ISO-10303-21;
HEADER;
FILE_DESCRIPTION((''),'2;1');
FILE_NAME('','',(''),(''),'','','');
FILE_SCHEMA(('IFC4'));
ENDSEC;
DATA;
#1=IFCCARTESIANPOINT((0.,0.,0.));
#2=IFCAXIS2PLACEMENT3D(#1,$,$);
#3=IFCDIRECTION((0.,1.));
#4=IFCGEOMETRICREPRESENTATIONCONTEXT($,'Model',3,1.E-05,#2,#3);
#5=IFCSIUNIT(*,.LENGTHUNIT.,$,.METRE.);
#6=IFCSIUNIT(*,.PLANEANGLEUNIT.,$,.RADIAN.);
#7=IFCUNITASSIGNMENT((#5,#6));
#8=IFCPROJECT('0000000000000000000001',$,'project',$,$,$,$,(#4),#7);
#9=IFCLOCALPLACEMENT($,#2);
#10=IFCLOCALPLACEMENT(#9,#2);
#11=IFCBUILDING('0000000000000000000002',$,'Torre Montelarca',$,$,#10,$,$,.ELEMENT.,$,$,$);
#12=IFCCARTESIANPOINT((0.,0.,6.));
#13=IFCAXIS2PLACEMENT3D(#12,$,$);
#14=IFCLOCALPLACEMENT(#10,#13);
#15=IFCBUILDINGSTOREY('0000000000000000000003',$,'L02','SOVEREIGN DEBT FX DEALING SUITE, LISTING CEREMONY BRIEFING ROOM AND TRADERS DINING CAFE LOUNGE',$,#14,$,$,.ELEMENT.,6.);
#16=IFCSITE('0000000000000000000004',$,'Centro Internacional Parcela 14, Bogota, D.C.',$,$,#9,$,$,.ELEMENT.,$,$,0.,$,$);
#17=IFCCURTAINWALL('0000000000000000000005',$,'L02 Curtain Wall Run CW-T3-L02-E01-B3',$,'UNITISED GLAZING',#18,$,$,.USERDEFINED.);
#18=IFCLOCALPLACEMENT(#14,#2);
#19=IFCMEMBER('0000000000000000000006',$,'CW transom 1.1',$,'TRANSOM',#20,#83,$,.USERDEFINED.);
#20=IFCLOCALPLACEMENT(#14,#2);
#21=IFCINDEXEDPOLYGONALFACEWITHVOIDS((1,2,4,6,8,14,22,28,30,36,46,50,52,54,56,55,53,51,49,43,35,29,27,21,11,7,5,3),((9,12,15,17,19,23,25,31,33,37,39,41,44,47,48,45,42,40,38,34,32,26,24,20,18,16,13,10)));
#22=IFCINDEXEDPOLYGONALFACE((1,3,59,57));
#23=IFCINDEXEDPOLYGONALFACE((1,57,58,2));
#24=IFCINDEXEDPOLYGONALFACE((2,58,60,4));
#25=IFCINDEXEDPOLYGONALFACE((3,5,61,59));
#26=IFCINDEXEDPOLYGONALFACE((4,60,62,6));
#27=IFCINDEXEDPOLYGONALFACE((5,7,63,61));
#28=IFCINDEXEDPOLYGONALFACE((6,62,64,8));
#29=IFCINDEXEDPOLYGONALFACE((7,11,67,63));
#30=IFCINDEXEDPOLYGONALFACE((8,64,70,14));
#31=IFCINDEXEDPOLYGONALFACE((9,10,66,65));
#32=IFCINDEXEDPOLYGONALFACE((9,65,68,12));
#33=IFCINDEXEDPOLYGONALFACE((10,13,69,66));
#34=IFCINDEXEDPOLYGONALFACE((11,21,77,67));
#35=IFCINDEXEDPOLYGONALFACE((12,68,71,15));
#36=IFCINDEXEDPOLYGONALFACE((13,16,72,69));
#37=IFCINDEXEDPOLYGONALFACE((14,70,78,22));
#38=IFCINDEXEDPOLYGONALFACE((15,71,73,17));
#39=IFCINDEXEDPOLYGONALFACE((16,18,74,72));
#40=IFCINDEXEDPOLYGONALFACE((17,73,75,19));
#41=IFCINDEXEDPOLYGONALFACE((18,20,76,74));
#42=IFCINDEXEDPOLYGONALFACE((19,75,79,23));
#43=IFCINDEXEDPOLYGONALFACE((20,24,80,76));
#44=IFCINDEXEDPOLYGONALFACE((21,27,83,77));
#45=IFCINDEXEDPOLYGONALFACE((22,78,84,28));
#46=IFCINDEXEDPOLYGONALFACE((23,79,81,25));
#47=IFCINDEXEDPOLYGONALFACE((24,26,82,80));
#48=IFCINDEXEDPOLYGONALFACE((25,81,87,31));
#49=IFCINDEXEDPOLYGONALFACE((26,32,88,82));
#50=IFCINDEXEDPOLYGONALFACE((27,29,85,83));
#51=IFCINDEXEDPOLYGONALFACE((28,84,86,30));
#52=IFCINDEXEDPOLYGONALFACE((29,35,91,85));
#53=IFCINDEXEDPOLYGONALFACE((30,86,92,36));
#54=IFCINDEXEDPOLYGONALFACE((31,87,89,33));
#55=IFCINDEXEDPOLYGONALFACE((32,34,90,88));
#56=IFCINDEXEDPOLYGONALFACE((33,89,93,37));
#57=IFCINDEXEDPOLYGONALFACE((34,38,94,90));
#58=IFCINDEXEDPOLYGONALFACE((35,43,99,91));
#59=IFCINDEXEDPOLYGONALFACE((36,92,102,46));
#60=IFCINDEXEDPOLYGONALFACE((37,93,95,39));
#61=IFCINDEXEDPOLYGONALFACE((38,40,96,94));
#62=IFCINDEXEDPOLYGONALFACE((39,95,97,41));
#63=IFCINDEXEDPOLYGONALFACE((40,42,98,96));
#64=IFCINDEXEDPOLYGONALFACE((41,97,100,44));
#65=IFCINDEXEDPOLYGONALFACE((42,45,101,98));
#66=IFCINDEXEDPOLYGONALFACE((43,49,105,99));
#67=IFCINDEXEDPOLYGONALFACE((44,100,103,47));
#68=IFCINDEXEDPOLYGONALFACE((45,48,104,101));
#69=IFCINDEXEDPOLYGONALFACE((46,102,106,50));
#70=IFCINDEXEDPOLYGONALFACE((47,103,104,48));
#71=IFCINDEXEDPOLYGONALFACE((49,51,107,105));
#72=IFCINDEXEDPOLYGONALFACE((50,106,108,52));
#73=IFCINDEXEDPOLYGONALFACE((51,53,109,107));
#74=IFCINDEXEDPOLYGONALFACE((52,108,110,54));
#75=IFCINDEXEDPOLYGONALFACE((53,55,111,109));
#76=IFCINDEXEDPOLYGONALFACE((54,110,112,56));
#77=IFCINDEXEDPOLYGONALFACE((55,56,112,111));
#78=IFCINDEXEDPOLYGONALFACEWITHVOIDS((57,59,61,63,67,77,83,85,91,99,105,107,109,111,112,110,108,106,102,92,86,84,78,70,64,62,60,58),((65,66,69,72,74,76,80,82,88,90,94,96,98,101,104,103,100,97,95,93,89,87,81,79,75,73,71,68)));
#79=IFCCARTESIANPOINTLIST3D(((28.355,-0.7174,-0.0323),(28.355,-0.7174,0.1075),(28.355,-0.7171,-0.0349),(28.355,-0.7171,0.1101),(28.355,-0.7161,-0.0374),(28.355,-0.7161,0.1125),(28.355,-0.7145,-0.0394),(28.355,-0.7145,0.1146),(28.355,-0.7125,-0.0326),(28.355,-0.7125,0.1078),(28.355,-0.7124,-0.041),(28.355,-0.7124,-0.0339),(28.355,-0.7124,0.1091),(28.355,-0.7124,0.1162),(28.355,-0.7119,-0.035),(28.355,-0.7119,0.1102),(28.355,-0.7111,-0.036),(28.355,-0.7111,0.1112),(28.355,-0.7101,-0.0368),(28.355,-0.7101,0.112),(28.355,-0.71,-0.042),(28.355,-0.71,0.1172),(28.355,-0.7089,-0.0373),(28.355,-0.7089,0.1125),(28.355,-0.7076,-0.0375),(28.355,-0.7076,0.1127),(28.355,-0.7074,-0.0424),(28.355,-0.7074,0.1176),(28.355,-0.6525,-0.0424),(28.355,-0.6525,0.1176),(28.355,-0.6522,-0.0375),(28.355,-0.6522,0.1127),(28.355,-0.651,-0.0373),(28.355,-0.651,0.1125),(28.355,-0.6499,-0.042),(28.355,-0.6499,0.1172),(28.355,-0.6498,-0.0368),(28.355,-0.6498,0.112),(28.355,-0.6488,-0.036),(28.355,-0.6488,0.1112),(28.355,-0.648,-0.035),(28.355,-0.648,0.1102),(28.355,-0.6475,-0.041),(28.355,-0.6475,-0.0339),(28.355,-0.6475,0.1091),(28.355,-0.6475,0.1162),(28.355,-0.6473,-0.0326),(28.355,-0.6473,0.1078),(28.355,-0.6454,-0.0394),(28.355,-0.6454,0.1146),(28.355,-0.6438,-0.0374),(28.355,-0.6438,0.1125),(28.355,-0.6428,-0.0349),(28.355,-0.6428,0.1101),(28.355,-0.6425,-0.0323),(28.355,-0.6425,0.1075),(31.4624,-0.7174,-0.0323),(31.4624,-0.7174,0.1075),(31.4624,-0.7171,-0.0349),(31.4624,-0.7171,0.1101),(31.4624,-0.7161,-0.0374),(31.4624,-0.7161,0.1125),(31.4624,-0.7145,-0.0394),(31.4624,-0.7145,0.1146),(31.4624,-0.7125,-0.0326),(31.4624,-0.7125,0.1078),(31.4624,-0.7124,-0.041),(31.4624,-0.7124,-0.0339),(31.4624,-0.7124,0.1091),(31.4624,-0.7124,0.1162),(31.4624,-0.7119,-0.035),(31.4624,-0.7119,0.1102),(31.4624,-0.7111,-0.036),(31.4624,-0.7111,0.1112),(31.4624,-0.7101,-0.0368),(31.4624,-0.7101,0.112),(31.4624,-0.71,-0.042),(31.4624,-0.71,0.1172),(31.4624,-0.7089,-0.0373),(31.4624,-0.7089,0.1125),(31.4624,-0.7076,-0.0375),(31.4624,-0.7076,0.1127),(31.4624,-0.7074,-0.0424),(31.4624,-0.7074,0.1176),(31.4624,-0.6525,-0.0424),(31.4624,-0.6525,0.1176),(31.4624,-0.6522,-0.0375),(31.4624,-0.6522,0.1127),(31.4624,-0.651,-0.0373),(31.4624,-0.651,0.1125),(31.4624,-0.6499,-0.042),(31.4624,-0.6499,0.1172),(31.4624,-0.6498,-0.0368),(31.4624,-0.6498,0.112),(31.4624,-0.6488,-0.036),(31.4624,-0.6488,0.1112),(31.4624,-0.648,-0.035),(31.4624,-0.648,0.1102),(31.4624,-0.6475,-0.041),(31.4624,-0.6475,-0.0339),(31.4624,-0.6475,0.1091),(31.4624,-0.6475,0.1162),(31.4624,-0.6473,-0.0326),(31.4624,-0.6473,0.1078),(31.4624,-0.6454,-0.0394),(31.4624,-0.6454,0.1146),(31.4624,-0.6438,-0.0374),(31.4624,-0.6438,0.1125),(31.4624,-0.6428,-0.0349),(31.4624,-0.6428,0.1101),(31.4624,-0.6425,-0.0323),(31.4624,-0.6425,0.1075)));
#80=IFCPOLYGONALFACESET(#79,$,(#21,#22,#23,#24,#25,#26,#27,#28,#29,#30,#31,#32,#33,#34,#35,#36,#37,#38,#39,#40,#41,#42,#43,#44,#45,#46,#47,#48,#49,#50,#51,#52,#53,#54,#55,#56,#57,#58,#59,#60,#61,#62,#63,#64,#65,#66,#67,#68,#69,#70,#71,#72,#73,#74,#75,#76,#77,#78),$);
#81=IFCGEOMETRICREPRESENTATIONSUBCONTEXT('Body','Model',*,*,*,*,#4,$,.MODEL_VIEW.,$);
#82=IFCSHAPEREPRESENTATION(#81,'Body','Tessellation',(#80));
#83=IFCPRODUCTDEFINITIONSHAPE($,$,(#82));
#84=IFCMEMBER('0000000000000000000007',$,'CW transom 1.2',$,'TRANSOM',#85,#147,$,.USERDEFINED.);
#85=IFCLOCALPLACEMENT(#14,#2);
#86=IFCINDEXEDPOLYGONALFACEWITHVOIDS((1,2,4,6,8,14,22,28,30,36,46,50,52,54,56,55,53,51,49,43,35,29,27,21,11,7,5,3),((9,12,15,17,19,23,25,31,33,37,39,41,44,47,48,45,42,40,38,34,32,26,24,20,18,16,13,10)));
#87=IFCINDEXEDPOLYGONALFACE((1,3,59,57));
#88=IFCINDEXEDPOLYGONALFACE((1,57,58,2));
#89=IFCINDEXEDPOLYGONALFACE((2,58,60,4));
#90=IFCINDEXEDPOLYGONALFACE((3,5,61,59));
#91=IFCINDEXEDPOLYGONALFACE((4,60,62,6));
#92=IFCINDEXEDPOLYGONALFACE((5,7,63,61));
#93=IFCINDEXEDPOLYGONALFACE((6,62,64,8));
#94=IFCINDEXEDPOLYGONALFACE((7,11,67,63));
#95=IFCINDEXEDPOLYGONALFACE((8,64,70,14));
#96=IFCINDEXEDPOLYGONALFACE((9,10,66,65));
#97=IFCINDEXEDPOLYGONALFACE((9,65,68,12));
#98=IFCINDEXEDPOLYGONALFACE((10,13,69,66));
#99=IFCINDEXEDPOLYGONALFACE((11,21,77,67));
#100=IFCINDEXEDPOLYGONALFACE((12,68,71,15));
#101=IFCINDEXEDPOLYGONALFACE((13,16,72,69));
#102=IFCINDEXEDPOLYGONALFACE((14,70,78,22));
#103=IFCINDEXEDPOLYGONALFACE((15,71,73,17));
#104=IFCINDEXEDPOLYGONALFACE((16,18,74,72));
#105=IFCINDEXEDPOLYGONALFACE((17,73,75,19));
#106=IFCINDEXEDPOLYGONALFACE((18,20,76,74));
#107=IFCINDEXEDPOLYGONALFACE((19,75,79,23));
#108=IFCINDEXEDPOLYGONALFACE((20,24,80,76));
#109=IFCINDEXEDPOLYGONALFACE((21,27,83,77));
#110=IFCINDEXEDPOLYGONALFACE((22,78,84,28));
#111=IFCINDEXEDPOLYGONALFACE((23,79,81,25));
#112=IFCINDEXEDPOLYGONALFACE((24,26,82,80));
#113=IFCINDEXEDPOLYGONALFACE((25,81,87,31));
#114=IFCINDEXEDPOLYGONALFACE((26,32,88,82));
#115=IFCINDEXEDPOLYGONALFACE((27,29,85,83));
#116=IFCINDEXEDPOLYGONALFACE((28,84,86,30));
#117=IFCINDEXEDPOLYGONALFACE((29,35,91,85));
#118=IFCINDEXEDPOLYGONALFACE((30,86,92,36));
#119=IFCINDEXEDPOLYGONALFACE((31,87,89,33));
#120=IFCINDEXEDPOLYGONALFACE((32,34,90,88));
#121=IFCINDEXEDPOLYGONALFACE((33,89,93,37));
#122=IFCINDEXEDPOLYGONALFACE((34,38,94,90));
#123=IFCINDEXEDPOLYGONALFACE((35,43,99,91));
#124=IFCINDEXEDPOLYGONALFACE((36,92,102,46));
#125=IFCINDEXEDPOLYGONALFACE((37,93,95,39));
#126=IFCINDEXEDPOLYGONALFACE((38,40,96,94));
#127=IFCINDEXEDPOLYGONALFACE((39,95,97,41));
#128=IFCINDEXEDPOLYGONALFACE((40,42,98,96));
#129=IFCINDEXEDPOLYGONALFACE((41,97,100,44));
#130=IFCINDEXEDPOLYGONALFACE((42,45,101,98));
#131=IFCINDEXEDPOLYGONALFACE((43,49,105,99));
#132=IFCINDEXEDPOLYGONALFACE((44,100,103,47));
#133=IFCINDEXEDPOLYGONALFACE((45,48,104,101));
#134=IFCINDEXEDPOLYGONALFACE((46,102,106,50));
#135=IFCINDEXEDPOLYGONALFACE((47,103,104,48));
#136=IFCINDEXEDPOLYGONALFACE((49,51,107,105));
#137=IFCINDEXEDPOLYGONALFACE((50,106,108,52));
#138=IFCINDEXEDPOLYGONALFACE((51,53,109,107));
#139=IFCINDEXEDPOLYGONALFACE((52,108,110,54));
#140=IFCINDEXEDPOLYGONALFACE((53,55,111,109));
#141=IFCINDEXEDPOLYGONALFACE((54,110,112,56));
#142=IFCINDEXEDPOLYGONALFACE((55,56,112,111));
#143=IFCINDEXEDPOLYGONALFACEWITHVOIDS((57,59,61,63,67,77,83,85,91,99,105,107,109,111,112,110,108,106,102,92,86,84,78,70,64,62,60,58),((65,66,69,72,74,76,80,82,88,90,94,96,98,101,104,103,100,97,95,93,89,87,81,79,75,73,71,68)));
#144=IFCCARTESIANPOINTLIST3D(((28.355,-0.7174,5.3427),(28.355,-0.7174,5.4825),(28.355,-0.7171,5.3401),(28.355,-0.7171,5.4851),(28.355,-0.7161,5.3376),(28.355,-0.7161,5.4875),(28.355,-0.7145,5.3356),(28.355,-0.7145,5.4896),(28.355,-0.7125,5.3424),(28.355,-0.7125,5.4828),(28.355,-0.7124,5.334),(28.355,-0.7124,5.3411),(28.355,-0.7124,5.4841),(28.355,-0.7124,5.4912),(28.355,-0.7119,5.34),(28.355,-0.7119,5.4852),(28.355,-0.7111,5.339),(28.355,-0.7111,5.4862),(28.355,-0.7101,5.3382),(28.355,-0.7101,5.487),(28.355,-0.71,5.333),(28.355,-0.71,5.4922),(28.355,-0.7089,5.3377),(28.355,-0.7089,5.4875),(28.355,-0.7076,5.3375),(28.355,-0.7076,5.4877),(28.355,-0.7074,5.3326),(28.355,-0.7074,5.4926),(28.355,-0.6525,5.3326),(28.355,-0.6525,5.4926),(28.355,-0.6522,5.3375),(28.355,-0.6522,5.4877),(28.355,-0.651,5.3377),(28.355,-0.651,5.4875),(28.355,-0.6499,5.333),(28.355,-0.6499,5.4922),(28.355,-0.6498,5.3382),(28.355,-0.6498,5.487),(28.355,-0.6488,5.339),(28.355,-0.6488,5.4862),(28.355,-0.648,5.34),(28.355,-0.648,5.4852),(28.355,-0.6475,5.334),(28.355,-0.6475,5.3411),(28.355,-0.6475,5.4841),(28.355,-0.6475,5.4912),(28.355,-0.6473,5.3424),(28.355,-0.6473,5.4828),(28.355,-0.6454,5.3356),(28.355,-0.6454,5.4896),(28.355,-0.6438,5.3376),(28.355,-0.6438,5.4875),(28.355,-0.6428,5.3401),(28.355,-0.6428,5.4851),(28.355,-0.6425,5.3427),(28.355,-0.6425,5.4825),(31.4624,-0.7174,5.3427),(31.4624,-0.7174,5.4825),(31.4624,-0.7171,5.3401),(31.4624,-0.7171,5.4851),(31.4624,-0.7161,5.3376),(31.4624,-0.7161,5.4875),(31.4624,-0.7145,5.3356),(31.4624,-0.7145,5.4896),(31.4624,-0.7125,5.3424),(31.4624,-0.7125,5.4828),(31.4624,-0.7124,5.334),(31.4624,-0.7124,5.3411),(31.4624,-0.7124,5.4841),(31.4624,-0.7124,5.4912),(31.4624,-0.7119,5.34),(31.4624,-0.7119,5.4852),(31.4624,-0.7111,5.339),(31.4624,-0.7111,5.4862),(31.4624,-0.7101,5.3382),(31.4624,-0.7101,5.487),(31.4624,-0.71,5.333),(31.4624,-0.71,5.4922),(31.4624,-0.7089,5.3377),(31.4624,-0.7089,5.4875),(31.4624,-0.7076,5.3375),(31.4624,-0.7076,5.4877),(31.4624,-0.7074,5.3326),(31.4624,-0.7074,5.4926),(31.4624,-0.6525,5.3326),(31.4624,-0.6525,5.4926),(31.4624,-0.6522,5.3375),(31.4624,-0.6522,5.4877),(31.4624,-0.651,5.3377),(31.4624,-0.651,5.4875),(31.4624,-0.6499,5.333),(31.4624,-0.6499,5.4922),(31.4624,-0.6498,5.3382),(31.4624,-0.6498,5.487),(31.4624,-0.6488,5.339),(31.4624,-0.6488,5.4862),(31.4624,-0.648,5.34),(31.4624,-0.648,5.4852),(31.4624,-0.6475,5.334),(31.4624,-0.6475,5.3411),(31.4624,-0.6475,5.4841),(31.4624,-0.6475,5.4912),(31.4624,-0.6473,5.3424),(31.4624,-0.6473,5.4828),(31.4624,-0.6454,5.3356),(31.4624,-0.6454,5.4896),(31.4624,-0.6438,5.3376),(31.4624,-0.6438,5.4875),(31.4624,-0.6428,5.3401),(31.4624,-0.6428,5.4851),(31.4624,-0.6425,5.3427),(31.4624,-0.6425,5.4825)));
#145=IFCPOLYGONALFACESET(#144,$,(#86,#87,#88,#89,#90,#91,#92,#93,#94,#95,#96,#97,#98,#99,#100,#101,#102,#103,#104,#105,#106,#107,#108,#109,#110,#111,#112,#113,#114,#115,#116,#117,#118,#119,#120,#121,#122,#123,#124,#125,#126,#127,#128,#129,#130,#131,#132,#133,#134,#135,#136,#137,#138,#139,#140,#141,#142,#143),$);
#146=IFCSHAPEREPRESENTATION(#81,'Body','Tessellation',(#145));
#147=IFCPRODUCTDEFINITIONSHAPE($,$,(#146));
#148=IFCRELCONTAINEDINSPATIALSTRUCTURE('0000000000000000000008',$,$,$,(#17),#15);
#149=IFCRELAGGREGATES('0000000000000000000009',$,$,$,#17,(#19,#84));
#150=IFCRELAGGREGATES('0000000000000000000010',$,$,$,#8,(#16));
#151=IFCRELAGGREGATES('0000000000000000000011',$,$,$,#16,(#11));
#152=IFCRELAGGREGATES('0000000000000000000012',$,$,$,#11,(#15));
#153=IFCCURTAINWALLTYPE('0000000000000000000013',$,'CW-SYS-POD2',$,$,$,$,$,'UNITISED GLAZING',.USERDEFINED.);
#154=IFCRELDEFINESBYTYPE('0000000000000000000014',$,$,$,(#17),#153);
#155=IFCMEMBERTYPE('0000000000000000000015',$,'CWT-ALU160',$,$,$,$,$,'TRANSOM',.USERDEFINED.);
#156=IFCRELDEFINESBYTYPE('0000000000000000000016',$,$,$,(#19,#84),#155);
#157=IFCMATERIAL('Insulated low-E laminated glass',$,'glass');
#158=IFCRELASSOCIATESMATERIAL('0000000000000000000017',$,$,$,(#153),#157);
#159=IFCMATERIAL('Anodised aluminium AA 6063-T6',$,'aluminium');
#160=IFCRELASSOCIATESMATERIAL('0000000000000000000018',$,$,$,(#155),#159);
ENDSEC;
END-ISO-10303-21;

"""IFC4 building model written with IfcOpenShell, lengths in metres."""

from ifc_helpers import new_model, si_unit, direction, frame, origin, origin_2d, place, context, subcontext, project, spatial, hollow_rectangle, extrude, source, transform, mapped, material, material_profile, profile_set, type_object, element, aggregate, save


model = new_model("IFC4")

# Units and contexts
model_context = context("Model", 3, precision=1e-05, world=origin(), true_north=direction((0.0, 1.0)))
body_context = subcontext(model_context, "Body", "Model", "MODEL_VIEW")
ifc_project = project(units=[si_unit("LENGTHUNIT", "METRE"), si_unit("PLANEANGLEUNIT", "RADIAN")], contexts=[model_context])

# Site, building, storey
site_placement = place(None, origin())
site = spatial("IfcSite", under=ifc_project, at=site_placement, Name="Centro Internacional Parcela 14, Bogota, D.C.", CompositionType="ELEMENT", RefElevation=0.0)
building_placement = place(site_placement, origin())
building = spatial("IfcBuilding", under=site, at=building_placement, Name="Torre Montelarca", CompositionType="ELEMENT")
storey_placement = place(building_placement, frame((0.0, 0.0, 6.0)))
storey = spatial("IfcBuildingStorey", under=building, at=storey_placement, Name="L02", Description="SOVEREIGN DEBT FX DEALING SUITE, LISTING CEREMONY BRIEFING ROOM AND TRADERS DINING CAFE LOUNGE", CompositionType="ELEMENT", Elevation=6.0)

# Curtain wall, members
ifc_material_1 = material(Name="Insulated low-E laminated glass", Category="glass")
curtain_wall_type = type_object("IfcCurtainWallType", Name="CW-SYS-POD2", ElementType="UNITISED GLAZING", PredefinedType="USERDEFINED", material=ifc_material_1)
curtain_wall_placement = place(storey_placement, origin())
curtain_wall = element("IfcCurtainWall", 1, at=curtain_wall_placement, inside=storey, type_object=curtain_wall_type, Name="L02 Curtain Wall Run CW-T3-L02-E01-B3", ObjectType="UNITISED GLAZING", PredefinedType="USERDEFINED")
ifc_material_2 = material(Name="Anodised aluminium AA 6063-T6", Category="aluminium")
ifc_material_profile_1 = material_profile(ifc_material_2, hollow_rectangle(XDim=0.075, YDim=0.1599, WallThickness=0.0049, InnerFilletRadius=0.0049, OuterFilletRadius=0.01, at=origin_2d()), Name="ALU75X160X5", Category="aluminium")
ifc_profile_set_1 = profile_set([ifc_material_profile_1], Name="Anodised aluminium AA 6063-T6")
member_type_1 = type_object("IfcMemberType", Name="CWT-ALU160", ElementType="TRANSOM", PredefinedType="USERDEFINED", material=ifc_profile_set_1)
shared_shape_1 = source(origin(), body_context, "Body", "SweptSolid", [
    extrude(hollow_rectangle(XDim=0.075, YDim=0.1599, WallThickness=0.0049, InnerFilletRadius=0.0049, OuterFilletRadius=0.01, at=origin_2d()), origin(), (0.0, 0.0, 1.0), 3.1074),
])
member_1_placement = place(storey_placement, frame((28.355, -0.6799, 0.0376), z_axis=(1.0, 0.0, 0.0), x_axis=(0.0, 1.0, 0.0)))
member_1 = element("IfcMember", 2, at=member_1_placement, type_object=member_type_1, Name="CW transom 1.1", ObjectType="TRANSOM", PredefinedType="USERDEFINED", context=body_context, shape_type="MappedRepresentation", body=[
    mapped(shared_shape_1, transform((0.0, 0.0, 0.0), scale=1.0)),
])
member_2_placement = place(storey_placement, frame((28.355, -0.6799, 5.4126), z_axis=(1.0, 0.0, 0.0), x_axis=(0.0, 1.0, 0.0)))
member_2 = element("IfcMember", 3, at=member_2_placement, type_object=member_type_1, Name="CW transom 1.2", ObjectType="TRANSOM", PredefinedType="USERDEFINED", context=body_context, shape_type="MappedRepresentation", body=[
    mapped(shared_shape_1, transform((0.0, 0.0, 0.0), scale=1.0)),
])
aggregate(curtain_wall, [member_1, member_2])

save(model, "model.ifc")
